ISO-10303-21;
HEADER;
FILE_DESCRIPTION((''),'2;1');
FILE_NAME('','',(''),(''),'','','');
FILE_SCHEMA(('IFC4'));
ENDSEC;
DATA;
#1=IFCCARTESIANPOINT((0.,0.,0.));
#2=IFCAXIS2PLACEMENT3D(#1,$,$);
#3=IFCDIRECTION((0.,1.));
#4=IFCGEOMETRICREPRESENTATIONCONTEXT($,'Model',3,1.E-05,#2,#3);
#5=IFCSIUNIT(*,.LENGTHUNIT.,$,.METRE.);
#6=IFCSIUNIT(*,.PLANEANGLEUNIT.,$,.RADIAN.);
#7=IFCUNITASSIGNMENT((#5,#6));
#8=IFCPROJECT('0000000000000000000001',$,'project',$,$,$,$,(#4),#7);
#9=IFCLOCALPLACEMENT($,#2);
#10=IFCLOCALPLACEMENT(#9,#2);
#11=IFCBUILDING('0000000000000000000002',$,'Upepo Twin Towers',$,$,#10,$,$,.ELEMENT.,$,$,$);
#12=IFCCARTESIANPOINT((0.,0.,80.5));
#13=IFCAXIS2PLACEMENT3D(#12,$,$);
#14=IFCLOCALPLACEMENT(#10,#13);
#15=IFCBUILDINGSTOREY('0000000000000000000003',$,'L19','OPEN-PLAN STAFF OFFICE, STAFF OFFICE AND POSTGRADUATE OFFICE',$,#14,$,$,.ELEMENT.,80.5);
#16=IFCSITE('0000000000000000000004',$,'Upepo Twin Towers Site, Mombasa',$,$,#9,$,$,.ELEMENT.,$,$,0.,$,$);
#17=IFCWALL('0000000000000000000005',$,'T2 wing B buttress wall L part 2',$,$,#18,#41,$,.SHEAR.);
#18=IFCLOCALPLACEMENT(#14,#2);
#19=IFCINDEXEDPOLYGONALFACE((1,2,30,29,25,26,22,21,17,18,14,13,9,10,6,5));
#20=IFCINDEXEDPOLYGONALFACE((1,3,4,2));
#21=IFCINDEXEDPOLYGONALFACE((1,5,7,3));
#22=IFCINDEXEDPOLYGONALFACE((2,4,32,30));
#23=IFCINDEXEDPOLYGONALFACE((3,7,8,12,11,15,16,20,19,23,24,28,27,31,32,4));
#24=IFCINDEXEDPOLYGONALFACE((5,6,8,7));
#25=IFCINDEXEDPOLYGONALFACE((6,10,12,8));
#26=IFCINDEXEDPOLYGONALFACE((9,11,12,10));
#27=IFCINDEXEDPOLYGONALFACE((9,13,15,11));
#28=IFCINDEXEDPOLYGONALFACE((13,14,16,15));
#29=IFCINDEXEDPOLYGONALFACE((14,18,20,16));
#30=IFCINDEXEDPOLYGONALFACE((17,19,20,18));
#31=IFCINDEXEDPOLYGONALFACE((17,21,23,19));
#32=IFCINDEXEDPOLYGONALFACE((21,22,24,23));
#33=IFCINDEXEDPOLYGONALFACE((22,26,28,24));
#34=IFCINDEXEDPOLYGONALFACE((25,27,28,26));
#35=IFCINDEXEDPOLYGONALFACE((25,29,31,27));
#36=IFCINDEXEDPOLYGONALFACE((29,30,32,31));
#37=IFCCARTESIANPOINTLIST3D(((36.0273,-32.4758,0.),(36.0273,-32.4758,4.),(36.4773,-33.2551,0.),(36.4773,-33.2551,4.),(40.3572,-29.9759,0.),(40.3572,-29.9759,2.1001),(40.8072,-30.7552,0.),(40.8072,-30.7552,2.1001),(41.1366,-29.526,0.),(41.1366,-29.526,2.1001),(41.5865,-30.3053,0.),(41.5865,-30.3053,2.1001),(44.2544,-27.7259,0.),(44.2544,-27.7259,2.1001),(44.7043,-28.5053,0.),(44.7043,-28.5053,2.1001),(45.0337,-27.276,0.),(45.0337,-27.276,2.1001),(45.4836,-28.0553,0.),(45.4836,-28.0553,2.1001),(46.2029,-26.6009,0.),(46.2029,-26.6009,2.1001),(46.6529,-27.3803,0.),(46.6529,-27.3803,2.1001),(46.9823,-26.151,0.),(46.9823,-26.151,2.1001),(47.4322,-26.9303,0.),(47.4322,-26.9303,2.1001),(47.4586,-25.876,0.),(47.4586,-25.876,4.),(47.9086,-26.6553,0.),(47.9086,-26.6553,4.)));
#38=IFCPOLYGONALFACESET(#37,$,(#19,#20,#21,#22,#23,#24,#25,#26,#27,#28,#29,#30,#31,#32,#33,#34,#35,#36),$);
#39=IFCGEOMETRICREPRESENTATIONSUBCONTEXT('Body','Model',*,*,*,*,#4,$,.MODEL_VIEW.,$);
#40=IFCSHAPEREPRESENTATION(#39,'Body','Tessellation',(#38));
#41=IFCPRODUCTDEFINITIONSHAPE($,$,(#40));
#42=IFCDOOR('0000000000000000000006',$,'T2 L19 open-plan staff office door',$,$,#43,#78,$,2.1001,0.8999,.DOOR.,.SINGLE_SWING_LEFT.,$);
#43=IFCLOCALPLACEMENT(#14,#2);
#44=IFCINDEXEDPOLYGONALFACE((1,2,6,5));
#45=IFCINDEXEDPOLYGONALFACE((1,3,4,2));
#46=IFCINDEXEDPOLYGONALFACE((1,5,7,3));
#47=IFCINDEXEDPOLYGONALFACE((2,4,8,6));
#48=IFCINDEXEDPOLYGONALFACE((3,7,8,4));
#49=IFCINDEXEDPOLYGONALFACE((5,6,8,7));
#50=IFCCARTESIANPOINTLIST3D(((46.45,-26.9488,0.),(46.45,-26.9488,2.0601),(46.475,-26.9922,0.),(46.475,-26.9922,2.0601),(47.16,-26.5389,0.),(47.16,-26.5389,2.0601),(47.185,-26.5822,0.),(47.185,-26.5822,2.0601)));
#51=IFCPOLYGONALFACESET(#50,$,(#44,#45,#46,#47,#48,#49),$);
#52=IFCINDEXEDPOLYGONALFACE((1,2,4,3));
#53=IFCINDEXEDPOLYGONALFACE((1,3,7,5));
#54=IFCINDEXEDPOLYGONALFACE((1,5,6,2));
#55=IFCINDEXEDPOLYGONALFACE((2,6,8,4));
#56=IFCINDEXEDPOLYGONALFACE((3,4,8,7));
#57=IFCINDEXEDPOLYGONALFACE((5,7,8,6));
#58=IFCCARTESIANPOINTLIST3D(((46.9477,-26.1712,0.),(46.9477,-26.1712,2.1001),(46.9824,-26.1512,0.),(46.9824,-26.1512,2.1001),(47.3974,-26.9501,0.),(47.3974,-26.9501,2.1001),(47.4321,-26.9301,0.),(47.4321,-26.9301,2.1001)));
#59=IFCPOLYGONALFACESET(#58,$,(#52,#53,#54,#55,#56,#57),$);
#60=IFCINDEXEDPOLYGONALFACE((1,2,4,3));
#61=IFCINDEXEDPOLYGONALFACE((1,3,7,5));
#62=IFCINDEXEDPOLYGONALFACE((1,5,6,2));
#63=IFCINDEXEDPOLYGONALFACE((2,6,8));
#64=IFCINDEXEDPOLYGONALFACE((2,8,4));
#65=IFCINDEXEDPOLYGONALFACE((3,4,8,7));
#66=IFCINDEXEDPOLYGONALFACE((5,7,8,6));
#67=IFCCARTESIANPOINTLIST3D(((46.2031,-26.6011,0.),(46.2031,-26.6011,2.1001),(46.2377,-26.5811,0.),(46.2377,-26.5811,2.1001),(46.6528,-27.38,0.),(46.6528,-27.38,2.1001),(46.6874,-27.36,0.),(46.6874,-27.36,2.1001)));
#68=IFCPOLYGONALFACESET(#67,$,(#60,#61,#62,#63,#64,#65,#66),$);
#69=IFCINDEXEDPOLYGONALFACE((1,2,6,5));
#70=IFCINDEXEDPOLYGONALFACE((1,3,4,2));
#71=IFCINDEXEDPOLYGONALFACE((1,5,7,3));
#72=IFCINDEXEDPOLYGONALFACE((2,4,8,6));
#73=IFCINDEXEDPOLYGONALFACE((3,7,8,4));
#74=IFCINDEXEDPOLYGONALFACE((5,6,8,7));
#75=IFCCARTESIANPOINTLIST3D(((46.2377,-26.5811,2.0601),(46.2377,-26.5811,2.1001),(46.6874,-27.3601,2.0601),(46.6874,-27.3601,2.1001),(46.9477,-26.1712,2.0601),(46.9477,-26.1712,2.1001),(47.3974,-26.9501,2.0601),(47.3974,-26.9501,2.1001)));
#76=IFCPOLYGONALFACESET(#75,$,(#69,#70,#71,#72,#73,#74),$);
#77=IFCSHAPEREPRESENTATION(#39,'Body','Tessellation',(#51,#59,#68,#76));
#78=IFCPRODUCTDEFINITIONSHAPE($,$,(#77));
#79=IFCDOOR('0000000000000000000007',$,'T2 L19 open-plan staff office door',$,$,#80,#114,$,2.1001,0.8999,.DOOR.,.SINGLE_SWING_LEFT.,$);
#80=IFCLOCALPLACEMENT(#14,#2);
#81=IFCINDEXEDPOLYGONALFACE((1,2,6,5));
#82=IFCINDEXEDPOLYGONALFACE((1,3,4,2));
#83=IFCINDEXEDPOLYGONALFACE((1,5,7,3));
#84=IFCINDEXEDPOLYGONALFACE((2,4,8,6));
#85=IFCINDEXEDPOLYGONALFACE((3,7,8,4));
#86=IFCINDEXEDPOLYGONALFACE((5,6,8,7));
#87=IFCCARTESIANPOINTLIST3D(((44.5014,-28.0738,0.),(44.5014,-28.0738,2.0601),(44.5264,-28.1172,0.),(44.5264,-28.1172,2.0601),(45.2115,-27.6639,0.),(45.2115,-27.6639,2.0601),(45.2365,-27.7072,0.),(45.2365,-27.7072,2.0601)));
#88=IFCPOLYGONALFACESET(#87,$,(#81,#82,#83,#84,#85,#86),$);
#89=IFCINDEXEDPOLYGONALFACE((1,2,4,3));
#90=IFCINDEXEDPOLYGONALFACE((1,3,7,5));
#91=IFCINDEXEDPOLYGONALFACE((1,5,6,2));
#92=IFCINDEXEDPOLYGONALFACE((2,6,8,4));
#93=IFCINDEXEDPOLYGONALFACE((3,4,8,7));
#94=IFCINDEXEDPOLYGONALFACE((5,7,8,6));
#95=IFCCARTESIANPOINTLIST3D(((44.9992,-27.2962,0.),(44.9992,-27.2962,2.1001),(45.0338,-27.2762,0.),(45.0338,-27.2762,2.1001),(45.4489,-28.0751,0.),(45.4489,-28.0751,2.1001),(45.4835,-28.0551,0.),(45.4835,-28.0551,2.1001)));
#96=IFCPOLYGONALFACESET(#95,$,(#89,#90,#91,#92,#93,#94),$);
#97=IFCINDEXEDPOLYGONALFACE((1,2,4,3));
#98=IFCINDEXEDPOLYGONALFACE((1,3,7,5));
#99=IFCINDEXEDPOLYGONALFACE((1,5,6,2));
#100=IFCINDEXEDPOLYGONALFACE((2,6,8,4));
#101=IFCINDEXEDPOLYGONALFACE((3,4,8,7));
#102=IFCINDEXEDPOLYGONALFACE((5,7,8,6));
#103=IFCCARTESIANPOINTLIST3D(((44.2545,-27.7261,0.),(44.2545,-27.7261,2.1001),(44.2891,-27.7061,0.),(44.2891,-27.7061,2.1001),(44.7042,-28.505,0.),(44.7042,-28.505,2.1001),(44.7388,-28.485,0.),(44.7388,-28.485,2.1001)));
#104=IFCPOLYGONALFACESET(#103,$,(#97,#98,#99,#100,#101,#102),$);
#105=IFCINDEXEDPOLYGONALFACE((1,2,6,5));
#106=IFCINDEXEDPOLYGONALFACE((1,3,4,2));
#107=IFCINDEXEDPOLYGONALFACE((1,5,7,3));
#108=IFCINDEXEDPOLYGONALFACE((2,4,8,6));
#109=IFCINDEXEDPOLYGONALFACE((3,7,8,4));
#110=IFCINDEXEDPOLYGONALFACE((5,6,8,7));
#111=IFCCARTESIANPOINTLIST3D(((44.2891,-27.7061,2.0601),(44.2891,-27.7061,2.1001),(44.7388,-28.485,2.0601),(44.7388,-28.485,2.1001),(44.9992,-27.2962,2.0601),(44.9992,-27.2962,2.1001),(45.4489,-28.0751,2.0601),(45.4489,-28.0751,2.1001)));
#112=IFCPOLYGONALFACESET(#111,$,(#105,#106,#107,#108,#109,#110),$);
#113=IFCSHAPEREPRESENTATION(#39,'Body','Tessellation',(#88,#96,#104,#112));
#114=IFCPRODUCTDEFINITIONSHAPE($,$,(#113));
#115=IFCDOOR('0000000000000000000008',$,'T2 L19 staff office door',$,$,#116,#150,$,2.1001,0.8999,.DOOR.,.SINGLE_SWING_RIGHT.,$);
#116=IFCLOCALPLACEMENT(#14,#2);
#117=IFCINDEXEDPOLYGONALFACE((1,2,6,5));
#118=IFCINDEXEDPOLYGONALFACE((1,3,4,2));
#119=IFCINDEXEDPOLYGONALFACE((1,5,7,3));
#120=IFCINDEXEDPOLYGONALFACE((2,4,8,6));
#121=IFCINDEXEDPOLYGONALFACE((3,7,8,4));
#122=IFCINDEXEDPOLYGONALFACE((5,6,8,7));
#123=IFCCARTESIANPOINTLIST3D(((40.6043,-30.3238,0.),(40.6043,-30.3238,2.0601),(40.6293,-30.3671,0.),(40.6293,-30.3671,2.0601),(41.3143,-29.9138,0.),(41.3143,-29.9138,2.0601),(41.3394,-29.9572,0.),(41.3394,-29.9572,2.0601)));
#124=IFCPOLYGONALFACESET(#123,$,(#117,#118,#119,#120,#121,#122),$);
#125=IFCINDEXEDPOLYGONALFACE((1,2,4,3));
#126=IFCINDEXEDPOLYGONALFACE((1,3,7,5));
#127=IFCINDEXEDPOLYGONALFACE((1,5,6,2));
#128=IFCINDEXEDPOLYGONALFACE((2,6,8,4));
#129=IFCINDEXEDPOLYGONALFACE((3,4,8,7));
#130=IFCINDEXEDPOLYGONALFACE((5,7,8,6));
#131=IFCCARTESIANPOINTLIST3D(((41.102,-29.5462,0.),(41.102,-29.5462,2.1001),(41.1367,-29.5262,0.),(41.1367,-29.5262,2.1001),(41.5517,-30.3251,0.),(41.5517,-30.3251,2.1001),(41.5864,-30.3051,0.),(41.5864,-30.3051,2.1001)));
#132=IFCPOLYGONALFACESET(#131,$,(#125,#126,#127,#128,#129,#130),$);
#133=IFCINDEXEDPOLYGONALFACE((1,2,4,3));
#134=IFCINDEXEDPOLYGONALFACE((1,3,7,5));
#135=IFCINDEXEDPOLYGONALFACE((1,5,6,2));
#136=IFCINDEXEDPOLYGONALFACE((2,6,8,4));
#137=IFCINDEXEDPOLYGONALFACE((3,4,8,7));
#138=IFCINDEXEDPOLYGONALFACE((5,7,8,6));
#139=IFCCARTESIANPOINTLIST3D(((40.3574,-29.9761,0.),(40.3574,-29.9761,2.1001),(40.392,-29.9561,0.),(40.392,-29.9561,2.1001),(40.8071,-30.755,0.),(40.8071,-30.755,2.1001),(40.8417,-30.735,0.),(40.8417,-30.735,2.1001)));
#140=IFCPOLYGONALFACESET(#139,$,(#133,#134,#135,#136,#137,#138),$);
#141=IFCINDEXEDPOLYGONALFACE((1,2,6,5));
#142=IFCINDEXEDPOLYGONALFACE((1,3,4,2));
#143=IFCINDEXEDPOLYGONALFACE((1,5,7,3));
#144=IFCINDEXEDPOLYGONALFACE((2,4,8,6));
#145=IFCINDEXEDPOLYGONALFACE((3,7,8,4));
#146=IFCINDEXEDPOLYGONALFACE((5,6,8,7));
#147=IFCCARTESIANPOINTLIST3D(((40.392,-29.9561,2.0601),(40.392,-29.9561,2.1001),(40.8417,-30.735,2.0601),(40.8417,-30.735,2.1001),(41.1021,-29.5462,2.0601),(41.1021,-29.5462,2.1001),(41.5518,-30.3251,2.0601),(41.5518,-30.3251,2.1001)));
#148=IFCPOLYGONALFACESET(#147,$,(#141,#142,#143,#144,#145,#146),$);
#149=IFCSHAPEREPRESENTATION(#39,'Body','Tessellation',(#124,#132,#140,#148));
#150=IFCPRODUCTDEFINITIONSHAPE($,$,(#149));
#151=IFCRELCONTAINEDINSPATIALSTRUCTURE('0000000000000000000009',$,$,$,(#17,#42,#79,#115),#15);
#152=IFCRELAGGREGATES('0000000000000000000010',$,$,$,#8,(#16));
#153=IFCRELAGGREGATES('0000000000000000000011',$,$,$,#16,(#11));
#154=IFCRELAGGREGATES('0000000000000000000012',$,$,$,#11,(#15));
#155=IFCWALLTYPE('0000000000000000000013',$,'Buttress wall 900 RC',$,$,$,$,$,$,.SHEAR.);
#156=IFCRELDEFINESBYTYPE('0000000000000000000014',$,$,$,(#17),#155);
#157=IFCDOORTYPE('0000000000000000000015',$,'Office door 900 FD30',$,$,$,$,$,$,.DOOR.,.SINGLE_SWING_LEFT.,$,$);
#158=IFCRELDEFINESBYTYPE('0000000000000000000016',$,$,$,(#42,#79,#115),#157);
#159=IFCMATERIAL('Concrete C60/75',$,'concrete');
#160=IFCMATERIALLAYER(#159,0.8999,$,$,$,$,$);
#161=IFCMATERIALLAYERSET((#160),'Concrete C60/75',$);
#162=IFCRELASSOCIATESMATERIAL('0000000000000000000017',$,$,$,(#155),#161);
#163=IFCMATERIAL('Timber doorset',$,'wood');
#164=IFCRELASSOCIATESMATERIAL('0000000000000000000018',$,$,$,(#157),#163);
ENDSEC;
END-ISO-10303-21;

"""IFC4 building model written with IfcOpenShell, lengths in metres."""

from ifc_helpers import new_model, si_unit, direction, frame, frame_2d, origin, place, context, subcontext, project, spatial, rectangle, extrude, material, layer, layer_set, type_object, element, fill, save


model = new_model("IFC4")

# Units and contexts
model_context = context("Model", 3, precision=1e-05, world=origin(), true_north=direction((0.0, 1.0)))
body_context = subcontext(model_context, "Body", "Model", "MODEL_VIEW")
ifc_project = project(units=[si_unit("LENGTHUNIT", "METRE"), si_unit("PLANEANGLEUNIT", "RADIAN")], contexts=[model_context])

# Site, building, storey
site_placement = place(None, origin())
site = spatial("IfcSite", under=ifc_project, at=site_placement, Name="Upepo Twin Towers Site, Mombasa", CompositionType="ELEMENT", RefElevation=0.0)
building_placement = place(site_placement, origin())
building = spatial("IfcBuilding", under=site, at=building_placement, Name="Upepo Twin Towers", CompositionType="ELEMENT")
storey_placement = place(building_placement, frame((0.0, 0.0, 80.5)))
storey = spatial("IfcBuildingStorey", under=building, at=storey_placement, Name="L19", Description="OPEN-PLAN STAFF OFFICE, STAFF OFFICE AND POSTGRADUATE OFFICE", CompositionType="ELEMENT", Elevation=80.5)

# Wall, openings, doors
ifc_material_1 = material(Name="Concrete C60/75", Category="concrete")
ifc_layer_1 = layer(ifc_material_1, 0.8999)
ifc_layer_set_1 = layer_set([ifc_layer_1], Name="Concrete C60/75")
wall_type_1 = type_object("IfcWallType", Name="Buttress wall 900 RC", PredefinedType="SHEAR", material=ifc_layer_set_1)
wall_1_placement = place(storey_placement, frame((47.6836, -26.2656, 0.0), z_axis=(0.0, 0.0, 1.0), x_axis=(-0.866028, -0.499996, 0.0)))
wall_1 = element("IfcWall", 1, at=wall_1_placement, inside=storey, type_object=wall_type_1, Name="T2 wing B buttress wall L part 2", PredefinedType="SHEAR", context=body_context, shape_type="SweptSolid", body=[
    extrude(rectangle(XDim=13.1997, YDim=0.8999, at=frame_2d((6.5999, 0.0))), origin(), (0.0, 0.0, 1.0), 4.0),
])
opening_1_placement = place(wall_1_placement, frame((0.55, 0.0, 0.0)))
opening_1 = element("IfcOpeningElement", 2, at=opening_1_placement, cuts=wall_1, PredefinedType="OPENING", context=body_context, shape_type="SweptSolid", body=[
    extrude(rectangle(XDim=0.8999, YDim=2.1001, at=frame_2d((0.45, 1.05))), frame((0.0, 0.46, 0.0), z_axis=(0.0, -1.0, 0.0), x_axis=(1.0, 0.0, 0.0)), (0.0, 0.0, 1.0), 0.9199),
])
opening_2_placement = place(wall_1_placement, frame((2.8, 0.0, 0.0)))
opening_2 = element("IfcOpeningElement", 3, at=opening_2_placement, cuts=wall_1, PredefinedType="OPENING", context=body_context, shape_type="SweptSolid", body=[
    extrude(rectangle(XDim=0.8999, YDim=2.1001, at=frame_2d((0.45, 1.05))), frame((0.0, 0.46, 0.0), z_axis=(0.0, -1.0, 0.0), x_axis=(1.0, 0.0, 0.0)), (0.0, 0.0, 1.0), 0.9199),
])
opening_3_placement = place(wall_1_placement, frame((7.3, 0.0, 0.0)))
opening_3 = element("IfcOpeningElement", 4, at=opening_3_placement, cuts=wall_1, PredefinedType="OPENING", context=body_context, shape_type="SweptSolid", body=[
    extrude(rectangle(XDim=0.8999, YDim=2.1001, at=frame_2d((0.45, 1.05))), frame((0.0, 0.46, 0.0), z_axis=(0.0, -1.0, 0.0), x_axis=(1.0, 0.0, 0.0)), (0.0, 0.0, 1.0), 0.9199),
])
ifc_material_2 = material(Name="Timber doorset", Category="wood")
door_type = type_object("IfcDoorType", Name="Office door 900 FD30", OperationType="SINGLE_SWING_LEFT", PredefinedType="DOOR", material=ifc_material_2)
door_1_placement = place(opening_1_placement, origin())
door_1 = element("IfcDoor", 5, at=door_1_placement, inside=storey, type_object=door_type, Name="T2 L19 open-plan staff office door", OperationType="SINGLE_SWING_LEFT", OverallHeight=2.1001, OverallWidth=0.8999, PredefinedType="DOOR", context=body_context, shape_type="SweptSolid", body=[
    extrude(rectangle(XDim=0.8199, YDim=2.0601, at=frame_2d((0.45, 1.03))), frame((0.0, 0.0249, 0.0), z_axis=(0.0, -1.0, 0.0), x_axis=(1.0, 0.0, 0.0)), (0.0, 0.0, 1.0), 0.05),
    extrude(rectangle(XDim=0.04, YDim=2.1001, at=frame_2d((0.02, 1.05))), frame((0.0, 0.4497, 0.0), z_axis=(0.0, -1.0, 0.0), x_axis=(1.0, 0.0, 0.0)), (0.0, 0.0, 1.0), 0.8994),
    extrude(rectangle(XDim=0.04, YDim=2.1001, at=frame_2d((0.8799, 1.05))), frame((0.0, 0.4497, 0.0), z_axis=(0.0, -1.0, 0.0), x_axis=(1.0, 0.0, 0.0)), (0.0, 0.0, 1.0), 0.8994),
    extrude(rectangle(XDim=0.8199, YDim=0.04, at=frame_2d((0.45, 2.0801))), frame((0.0, 0.4497, 0.0), z_axis=(0.0, -1.0, 0.0), x_axis=(1.0, 0.0, 0.0)), (0.0, 0.0, 1.0), 0.8994),
])
fill(opening_1, door_1)
door_2_placement = place(opening_2_placement, origin())
door_2 = element("IfcDoor", 6, at=door_2_placement, inside=storey, type_object=door_type, Name="T2 L19 open-plan staff office door", OperationType="SINGLE_SWING_LEFT", OverallHeight=2.1001, OverallWidth=0.8999, PredefinedType="DOOR", context=body_context, shape_type="SweptSolid", body=[
    extrude(rectangle(XDim=0.8199, YDim=2.0601, at=frame_2d((0.45, 1.03))), frame((0.0, 0.0249, 0.0), z_axis=(0.0, -1.0, 0.0), x_axis=(1.0, 0.0, 0.0)), (0.0, 0.0, 1.0), 0.05),
    extrude(rectangle(XDim=0.04, YDim=2.1001, at=frame_2d((0.02, 1.05))), frame((0.0, 0.4497, 0.0), z_axis=(0.0, -1.0, 0.0), x_axis=(1.0, 0.0, 0.0)), (0.0, 0.0, 1.0), 0.8994),
    extrude(rectangle(XDim=0.04, YDim=2.1001, at=frame_2d((0.8799, 1.05))), frame((0.0, 0.4497, 0.0), z_axis=(0.0, -1.0, 0.0), x_axis=(1.0, 0.0, 0.0)), (0.0, 0.0, 1.0), 0.8994),
    extrude(rectangle(XDim=0.8199, YDim=0.04, at=frame_2d((0.45, 2.0801))), frame((0.0, 0.4497, 0.0), z_axis=(0.0, -1.0, 0.0), x_axis=(1.0, 0.0, 0.0)), (0.0, 0.0, 1.0), 0.8994),
])
fill(opening_2, door_2)
door_3_placement = place(opening_3_placement, origin())
door_3 = element("IfcDoor", 7, at=door_3_placement, inside=storey, type_object=door_type, Name="T2 L19 staff office door", OperationType="SINGLE_SWING_RIGHT", OverallHeight=2.1001, OverallWidth=0.8999, PredefinedType="DOOR", context=body_context, shape_type="SweptSolid", body=[
    extrude(rectangle(XDim=0.8199, YDim=2.0601, at=frame_2d((0.45, 1.03))), frame((0.0, 0.0249, 0.0), z_axis=(0.0, -1.0, 0.0), x_axis=(1.0, 0.0, 0.0)), (0.0, 0.0, 1.0), 0.05),
    extrude(rectangle(XDim=0.04, YDim=2.1001, at=frame_2d((0.02, 1.05))), frame((0.0, 0.4497, 0.0), z_axis=(0.0, -1.0, 0.0), x_axis=(1.0, 0.0, 0.0)), (0.0, 0.0, 1.0), 0.8994),
    extrude(rectangle(XDim=0.04, YDim=2.1001, at=frame_2d((0.8799, 1.05))), frame((0.0, 0.4497, 0.0), z_axis=(0.0, -1.0, 0.0), x_axis=(1.0, 0.0, 0.0)), (0.0, 0.0, 1.0), 0.8994),
    extrude(rectangle(XDim=0.8199, YDim=0.04, at=frame_2d((0.45, 2.0801))), frame((0.0, 0.4497, 0.0), z_axis=(0.0, -1.0, 0.0), x_axis=(1.0, 0.0, 0.0)), (0.0, 0.0, 1.0), 0.8994),
])
fill(opening_3, door_3)

save(model, "model.ifc")
